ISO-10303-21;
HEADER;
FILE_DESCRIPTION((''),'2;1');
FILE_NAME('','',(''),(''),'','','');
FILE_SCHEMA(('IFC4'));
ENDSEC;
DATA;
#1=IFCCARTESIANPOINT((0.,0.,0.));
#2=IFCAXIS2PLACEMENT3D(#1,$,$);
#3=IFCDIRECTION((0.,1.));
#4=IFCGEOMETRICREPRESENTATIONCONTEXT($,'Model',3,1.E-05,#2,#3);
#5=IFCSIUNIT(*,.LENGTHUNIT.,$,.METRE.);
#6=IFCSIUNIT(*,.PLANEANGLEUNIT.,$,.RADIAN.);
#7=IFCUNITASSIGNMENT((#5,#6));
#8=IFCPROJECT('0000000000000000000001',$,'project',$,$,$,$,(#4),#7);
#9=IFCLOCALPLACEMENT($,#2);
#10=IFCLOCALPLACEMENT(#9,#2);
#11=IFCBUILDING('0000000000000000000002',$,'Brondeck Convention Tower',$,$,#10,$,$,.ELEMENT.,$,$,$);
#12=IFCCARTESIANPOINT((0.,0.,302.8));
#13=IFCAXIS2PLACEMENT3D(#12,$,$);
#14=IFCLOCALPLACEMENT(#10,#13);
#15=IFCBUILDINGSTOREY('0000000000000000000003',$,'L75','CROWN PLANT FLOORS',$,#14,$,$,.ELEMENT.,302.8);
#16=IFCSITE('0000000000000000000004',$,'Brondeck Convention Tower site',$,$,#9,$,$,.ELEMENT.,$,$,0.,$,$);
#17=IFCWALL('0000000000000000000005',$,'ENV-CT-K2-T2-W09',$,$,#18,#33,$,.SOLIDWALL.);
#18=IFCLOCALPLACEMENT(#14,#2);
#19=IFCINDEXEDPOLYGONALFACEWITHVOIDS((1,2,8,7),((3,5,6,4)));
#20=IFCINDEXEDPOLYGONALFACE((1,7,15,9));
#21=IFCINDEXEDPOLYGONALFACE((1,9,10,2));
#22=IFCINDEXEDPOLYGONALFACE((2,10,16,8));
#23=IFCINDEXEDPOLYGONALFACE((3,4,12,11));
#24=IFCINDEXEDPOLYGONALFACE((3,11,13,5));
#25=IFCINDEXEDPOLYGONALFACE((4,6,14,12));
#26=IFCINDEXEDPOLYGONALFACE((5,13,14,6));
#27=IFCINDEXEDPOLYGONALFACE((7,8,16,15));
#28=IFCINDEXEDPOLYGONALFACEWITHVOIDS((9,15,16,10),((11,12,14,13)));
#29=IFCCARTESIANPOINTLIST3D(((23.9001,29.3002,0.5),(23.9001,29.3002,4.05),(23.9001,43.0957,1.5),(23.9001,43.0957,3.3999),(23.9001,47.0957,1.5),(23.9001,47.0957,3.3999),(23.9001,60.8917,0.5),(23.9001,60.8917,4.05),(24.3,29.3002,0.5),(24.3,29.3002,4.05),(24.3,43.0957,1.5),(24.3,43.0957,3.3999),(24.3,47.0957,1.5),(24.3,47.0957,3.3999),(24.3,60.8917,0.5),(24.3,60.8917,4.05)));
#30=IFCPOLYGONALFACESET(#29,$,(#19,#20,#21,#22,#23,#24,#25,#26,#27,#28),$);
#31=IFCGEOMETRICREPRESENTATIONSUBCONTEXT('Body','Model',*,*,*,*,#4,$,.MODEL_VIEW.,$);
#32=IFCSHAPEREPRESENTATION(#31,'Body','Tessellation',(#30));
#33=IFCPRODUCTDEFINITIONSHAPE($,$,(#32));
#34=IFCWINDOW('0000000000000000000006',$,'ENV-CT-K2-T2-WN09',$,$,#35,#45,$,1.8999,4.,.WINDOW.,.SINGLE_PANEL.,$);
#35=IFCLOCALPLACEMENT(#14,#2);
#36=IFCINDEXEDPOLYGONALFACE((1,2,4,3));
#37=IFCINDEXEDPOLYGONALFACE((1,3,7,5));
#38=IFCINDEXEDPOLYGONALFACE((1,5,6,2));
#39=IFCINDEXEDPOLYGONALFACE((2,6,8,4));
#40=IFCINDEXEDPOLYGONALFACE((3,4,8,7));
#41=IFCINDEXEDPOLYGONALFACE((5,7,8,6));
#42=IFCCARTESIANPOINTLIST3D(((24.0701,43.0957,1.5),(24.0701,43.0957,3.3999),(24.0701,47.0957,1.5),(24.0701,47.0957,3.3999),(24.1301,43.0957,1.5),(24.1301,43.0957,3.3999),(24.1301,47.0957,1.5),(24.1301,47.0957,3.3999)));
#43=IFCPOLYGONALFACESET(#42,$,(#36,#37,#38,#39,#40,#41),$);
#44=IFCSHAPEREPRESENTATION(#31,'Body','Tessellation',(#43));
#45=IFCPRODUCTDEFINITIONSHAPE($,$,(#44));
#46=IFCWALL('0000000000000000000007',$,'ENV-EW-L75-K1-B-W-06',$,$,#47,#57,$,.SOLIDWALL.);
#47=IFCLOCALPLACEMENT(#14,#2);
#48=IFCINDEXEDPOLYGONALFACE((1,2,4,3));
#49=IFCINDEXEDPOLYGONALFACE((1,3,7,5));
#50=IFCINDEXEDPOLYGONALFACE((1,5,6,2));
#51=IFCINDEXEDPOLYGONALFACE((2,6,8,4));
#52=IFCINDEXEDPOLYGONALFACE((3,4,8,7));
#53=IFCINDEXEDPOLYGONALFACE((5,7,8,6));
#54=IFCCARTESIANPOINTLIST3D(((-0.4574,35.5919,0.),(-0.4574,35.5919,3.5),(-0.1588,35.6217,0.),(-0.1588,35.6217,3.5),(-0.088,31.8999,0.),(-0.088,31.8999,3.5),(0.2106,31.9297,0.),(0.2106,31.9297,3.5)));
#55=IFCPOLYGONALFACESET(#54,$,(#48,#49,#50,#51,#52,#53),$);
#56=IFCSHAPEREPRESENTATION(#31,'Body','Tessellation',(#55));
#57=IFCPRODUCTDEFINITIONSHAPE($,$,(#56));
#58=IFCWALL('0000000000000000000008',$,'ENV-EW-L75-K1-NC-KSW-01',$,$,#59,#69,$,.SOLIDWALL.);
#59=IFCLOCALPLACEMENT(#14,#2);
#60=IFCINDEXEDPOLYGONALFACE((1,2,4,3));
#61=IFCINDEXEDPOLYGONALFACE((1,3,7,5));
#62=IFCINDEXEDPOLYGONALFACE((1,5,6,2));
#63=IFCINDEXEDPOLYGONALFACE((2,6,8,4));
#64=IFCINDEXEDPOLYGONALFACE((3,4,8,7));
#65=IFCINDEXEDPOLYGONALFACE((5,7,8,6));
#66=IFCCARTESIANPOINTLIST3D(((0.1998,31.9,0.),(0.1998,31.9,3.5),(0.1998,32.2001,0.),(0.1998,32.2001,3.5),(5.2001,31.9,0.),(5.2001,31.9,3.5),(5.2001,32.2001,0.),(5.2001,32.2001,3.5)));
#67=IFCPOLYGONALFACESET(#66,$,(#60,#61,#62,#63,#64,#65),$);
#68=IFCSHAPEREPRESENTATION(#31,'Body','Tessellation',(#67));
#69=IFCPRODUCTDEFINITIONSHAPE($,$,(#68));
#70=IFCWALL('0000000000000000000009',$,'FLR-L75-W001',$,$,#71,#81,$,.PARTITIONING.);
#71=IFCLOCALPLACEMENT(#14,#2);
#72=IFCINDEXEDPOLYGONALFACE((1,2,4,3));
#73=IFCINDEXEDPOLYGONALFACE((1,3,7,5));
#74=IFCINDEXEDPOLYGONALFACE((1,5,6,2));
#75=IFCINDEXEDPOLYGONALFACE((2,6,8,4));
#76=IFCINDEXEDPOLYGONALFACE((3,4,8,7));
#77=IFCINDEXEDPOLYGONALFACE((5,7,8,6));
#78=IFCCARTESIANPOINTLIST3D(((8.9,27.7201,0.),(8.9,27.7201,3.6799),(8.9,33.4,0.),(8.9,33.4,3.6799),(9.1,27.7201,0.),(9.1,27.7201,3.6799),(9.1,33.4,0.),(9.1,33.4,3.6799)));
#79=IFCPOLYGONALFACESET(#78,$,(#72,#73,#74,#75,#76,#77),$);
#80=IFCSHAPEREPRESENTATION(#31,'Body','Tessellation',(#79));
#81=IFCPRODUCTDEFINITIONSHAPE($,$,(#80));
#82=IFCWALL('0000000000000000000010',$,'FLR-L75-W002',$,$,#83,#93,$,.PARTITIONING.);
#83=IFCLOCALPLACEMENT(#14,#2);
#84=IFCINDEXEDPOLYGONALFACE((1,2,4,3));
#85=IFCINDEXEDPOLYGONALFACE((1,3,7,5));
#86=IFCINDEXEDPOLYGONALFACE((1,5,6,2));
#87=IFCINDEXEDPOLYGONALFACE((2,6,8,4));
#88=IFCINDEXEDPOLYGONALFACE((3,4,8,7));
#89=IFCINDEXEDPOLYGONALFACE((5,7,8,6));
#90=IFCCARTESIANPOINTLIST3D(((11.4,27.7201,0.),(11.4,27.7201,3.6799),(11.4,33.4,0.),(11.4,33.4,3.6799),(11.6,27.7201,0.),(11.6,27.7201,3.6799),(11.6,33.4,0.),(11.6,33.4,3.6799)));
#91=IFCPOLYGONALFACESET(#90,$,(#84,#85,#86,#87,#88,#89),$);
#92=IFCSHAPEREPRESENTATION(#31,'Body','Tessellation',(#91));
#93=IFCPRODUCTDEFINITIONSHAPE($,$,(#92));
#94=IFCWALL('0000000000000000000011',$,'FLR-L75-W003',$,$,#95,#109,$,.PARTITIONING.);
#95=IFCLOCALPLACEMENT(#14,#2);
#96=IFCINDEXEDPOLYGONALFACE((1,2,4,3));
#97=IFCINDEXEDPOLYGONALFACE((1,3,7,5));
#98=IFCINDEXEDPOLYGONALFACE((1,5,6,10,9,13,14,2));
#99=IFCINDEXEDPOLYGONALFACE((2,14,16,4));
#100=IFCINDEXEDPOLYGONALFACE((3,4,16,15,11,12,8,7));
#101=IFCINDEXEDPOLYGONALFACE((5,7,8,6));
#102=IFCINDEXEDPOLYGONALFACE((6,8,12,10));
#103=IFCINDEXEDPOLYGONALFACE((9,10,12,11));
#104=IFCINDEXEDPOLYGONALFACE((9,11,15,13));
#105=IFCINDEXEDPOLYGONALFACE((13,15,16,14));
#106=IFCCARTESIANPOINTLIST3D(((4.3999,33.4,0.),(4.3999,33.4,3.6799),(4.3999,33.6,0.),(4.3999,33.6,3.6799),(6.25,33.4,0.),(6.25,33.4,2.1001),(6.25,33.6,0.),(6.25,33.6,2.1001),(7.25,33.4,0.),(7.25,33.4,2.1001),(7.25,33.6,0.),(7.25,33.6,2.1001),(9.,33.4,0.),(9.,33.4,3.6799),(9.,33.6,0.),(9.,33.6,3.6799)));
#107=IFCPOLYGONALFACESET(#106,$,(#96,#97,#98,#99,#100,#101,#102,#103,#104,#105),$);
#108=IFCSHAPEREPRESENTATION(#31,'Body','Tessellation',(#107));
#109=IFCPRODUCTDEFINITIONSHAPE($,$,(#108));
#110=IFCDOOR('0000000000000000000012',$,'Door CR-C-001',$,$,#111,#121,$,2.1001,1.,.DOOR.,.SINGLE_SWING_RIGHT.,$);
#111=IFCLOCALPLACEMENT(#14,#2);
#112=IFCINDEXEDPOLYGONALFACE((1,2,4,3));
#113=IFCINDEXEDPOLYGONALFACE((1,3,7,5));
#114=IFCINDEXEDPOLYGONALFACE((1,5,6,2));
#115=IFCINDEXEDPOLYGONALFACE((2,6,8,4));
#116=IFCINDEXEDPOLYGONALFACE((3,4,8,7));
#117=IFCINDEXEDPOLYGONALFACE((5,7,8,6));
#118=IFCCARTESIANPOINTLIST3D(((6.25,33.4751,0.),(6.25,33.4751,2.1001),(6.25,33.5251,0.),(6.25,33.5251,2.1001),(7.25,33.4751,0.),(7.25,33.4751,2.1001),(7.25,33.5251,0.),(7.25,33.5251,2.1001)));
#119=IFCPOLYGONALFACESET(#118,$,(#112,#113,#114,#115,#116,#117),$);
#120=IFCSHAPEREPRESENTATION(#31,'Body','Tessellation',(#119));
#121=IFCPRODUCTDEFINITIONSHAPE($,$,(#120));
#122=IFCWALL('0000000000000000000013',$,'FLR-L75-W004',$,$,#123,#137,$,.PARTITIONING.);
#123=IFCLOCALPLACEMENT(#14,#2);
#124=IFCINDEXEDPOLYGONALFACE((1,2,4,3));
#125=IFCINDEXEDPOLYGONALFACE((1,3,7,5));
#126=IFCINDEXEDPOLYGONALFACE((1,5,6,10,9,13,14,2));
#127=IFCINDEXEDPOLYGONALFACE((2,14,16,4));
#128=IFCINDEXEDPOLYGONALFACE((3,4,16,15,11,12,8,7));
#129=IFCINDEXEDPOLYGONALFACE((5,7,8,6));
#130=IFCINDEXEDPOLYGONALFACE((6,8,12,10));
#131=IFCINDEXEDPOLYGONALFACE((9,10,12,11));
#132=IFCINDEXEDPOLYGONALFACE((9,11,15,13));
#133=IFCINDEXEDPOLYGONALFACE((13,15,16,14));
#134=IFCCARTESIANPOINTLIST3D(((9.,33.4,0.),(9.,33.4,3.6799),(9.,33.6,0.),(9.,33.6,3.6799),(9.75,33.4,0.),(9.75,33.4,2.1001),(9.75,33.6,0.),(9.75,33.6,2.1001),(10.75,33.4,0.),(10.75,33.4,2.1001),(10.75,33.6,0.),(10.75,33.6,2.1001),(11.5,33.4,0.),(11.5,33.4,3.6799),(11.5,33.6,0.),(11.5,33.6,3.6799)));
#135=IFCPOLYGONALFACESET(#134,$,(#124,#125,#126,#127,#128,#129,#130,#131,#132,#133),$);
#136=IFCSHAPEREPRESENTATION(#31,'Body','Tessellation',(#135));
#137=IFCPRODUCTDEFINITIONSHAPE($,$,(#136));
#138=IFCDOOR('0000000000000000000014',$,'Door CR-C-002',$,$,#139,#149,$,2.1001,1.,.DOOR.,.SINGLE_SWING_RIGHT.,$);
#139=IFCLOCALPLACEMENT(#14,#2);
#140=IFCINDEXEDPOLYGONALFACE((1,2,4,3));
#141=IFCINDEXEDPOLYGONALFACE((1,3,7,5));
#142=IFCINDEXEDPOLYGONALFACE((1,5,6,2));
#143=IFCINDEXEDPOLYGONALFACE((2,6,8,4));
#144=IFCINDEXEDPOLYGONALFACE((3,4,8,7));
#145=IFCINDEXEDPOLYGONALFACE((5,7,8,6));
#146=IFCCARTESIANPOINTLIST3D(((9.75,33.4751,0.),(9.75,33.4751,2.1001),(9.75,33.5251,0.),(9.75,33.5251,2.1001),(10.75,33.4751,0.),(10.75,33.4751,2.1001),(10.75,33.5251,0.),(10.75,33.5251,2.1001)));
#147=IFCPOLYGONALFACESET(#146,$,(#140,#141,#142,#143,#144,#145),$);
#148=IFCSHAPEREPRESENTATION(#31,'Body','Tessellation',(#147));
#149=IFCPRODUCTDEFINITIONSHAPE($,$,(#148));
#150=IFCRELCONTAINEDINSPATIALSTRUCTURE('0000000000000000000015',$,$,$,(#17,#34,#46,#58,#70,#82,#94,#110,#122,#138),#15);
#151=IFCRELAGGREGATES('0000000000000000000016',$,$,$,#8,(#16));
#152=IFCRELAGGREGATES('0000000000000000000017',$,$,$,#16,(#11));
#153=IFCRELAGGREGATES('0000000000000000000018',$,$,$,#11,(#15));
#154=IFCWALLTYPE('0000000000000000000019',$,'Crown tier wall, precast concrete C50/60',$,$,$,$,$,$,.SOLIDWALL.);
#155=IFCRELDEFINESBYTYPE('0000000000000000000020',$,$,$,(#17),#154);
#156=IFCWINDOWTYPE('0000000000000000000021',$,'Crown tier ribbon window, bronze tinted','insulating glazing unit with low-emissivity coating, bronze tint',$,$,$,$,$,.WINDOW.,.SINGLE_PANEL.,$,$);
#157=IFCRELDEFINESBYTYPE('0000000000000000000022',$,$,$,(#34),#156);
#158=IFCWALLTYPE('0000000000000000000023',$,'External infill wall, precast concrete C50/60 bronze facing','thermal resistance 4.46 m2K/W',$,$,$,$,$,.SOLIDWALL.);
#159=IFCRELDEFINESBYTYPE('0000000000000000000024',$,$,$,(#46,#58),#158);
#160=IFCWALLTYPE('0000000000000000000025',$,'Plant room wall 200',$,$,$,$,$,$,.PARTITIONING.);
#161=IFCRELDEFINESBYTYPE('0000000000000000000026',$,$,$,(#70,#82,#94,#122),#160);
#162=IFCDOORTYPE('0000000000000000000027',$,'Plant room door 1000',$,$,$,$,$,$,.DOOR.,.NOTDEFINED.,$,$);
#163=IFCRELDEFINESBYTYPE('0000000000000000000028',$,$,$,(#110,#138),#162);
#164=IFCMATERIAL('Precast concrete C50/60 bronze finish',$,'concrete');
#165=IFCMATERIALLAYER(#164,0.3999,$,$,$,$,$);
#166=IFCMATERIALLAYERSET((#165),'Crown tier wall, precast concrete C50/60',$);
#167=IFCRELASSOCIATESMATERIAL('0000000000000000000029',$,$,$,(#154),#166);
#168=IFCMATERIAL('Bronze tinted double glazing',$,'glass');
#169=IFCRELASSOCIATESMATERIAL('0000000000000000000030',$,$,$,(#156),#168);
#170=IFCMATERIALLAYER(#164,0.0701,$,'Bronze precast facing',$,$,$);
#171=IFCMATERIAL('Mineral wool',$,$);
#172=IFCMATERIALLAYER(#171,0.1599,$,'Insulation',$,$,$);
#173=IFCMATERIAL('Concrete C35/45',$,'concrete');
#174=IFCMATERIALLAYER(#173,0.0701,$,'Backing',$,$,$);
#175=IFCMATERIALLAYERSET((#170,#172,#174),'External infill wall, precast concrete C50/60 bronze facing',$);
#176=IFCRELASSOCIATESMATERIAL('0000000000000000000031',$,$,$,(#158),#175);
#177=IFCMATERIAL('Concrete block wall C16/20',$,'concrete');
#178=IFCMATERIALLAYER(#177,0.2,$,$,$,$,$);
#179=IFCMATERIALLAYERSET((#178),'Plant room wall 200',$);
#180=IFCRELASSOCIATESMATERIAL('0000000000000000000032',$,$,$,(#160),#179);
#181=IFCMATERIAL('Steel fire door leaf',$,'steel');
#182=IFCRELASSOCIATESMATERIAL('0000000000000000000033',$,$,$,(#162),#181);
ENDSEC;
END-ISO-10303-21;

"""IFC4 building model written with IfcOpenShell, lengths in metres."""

from ifc_helpers import new_model, si_unit, direction, frame, frame_2d, origin, place, context, subcontext, project, spatial, rectangle, extrude, material, layer, layer_set, type_object, element, fill, save


model = new_model("IFC4")

# Units and contexts
model_context = context("Model", 3, precision=1e-05, world=origin(), true_north=direction((0.0, 1.0)))
body_context = subcontext(model_context, "Body", "Model", "MODEL_VIEW")
ifc_project = project(units=[si_unit("LENGTHUNIT", "METRE"), si_unit("PLANEANGLEUNIT", "RADIAN")], contexts=[model_context])

# Site, building, storey
site_placement = place(None, origin())
site = spatial("IfcSite", under=ifc_project, at=site_placement, Name="Brondeck Convention Tower site", CompositionType="ELEMENT", RefElevation=0.0)
building_placement = place(site_placement, origin())
building = spatial("IfcBuilding", under=site, at=building_placement, Name="Brondeck Convention Tower", CompositionType="ELEMENT")
storey_placement = place(building_placement, frame((0.0, 0.0, 302.8)))
storey = spatial("IfcBuildingStorey", under=building, at=storey_placement, Name="L75", Description="CROWN PLANT FLOORS", CompositionType="ELEMENT", Elevation=302.8)

# Shared definitions
ifc_material_1 = material(Name="Precast concrete C50/60 bronze finish", Category="concrete")
ifc_layer_1 = layer(ifc_material_1, 0.3999)
ifc_layer_set_1 = layer_set([ifc_layer_1], Name="Crown tier wall, precast concrete C50/60")
wall_type_1 = type_object("IfcWallType", Name="Crown tier wall, precast concrete C50/60", PredefinedType="SOLIDWALL", material=ifc_layer_set_1)

# Wall, opening, window
wall_1_placement = place(storey_placement, frame((24.1001, 29.3, 0.5), z_axis=(0.0, 0.0, 1.0), x_axis=(0.0, 1.0, 0.0)))
wall_1 = element("IfcWall", 1, at=wall_1_placement, inside=storey, type_object=wall_type_1, Name="ENV-CT-K2-T2-W09", PredefinedType="SOLIDWALL", context=body_context, shape_type="SweptSolid", body=[
    extrude(rectangle(XDim=31.5916, YDim=0.3999, at=frame_2d((15.7959, 0.0))), origin(), (0.0, 0.0, 1.0), 3.55),
])
opening_1_placement = place(wall_1_placement, frame((13.7957, 0.0, 1.0)))
opening_1 = element("IfcOpeningElement", 2, at=opening_1_placement, cuts=wall_1, PredefinedType="OPENING", context=body_context, shape_type="SweptSolid", body=[
    extrude(rectangle(XDim=4.0, YDim=1.8999, at=frame_2d((2.0, 0.95))), frame((0.0, 0.21, 0.0), z_axis=(0.0, -1.0, 0.0), x_axis=(1.0, 0.0, 0.0)), (0.0, 0.0, 1.0), 0.4199),
])
ifc_material_2 = material(Name="Bronze tinted double glazing", Category="glass")
window_type = type_object("IfcWindowType", Name="Crown tier ribbon window, bronze tinted", Description="insulating glazing unit with low-emissivity coating, bronze tint", PartitioningType="SINGLE_PANEL", PredefinedType="WINDOW", material=ifc_material_2)
window_placement = place(opening_1_placement, origin())
window = element("IfcWindow", 3, at=window_placement, inside=storey, type_object=window_type, Name="ENV-CT-K2-T2-WN09", OverallHeight=1.8999, OverallWidth=4.0, PartitioningType="SINGLE_PANEL", PredefinedType="WINDOW", context=body_context, shape_type="SweptSolid", body=[
    extrude(rectangle(XDim=4.0, YDim=1.8999, at=frame_2d((2.0, 0.95))), frame((0.0, 0.03, 0.0), z_axis=(0.0, -1.0, 0.0), x_axis=(1.0, 0.0, 0.0)), (0.0, 0.0, 1.0), 0.0601),
])
fill(opening_1, window)

# Walls
ifc_layer_2 = layer(ifc_material_1, 0.0701, Name="Bronze precast facing")
ifc_material_3 = material(Name="Mineral wool")
ifc_layer_3 = layer(ifc_material_3, 0.1599, Name="Insulation")
ifc_material_4 = material(Name="Concrete C35/45", Category="concrete")
ifc_layer_4 = layer(ifc_material_4, 0.0701, Name="Backing")
ifc_layer_set_2 = layer_set([ifc_layer_2, ifc_layer_3, ifc_layer_4], Name="External infill wall, precast concrete C50/60 bronze facing")
wall_type_2 = type_object("IfcWallType", Name="External infill wall, precast concrete C50/60 bronze facing", Description="thermal resistance 4.46 m2K/W", PredefinedType="SOLIDWALL", material=ifc_layer_set_2)
wall_2_placement = place(storey_placement, frame((0.0613, 31.9148, 0.0), z_axis=(0.0, 0.0, 1.0), x_axis=(-0.099549, 0.995033, 0.0)))
element("IfcWall", 4, at=wall_2_placement, inside=storey, type_object=wall_type_2, Name="ENV-EW-L75-K1-B-W-06", PredefinedType="SOLIDWALL", context=body_context, shape_type="SweptSolid", body=[
    extrude(rectangle(XDim=3.7104, YDim=0.3, at=frame_2d((1.8552, 0.0))), origin(), (0.0, 0.0, 1.0), 3.5),
])
wall_3_placement = place(storey_placement, frame((5.2, 32.05, 0.0), z_axis=(0.0, 0.0, 1.0), x_axis=(-1.0, 0.0, 0.0)))
element("IfcWall", 5, at=wall_3_placement, inside=storey, type_object=wall_type_2, Name="ENV-EW-L75-K1-NC-KSW-01", PredefinedType="SOLIDWALL", context=body_context, shape_type="SweptSolid", body=[
    extrude(rectangle(XDim=5.0002, YDim=0.3, at=frame_2d((2.5, 0.0))), origin(), (0.0, 0.0, 1.0), 3.5),
])
ifc_material_5 = material(Name="Concrete block wall C16/20", Category="concrete")
ifc_layer_5 = layer(ifc_material_5, 0.2)
ifc_layer_set_3 = layer_set([ifc_layer_5], Name="Plant room wall 200")
wall_type_3 = type_object("IfcWallType", Name="Plant room wall 200", PredefinedType="PARTITIONING", material=ifc_layer_set_3)
for number, where, z_axis, x_axis, name in (
    (6, (9.0, 33.3999, 0.0), (0.0, 0.0, 1.0), (0.0, -1.0, 0.0), "FLR-L75-W001"),
    (7, (11.5, 33.3999, 0.0), (0.0, 0.0, 1.0), (0.0, -1.0, 0.0), "FLR-L75-W002"),
):
    element("IfcWall", number, at=place(storey_placement, frame(where, z_axis=z_axis, x_axis=x_axis)), inside=storey, type_object=wall_type_3, Name=name, PredefinedType="PARTITIONING", context=body_context, shape_type="SweptSolid", body=[
        extrude(rectangle(XDim=5.6799, YDim=0.2, at=frame_2d((2.8398, 0.0))), origin(), (0.0, 0.0, 1.0), 3.6799),
    ])

# Walls, openings, doors
wall_4_placement = place(storey_placement, frame((9.0, 33.5, 0.0), z_axis=(0.0, 0.0, 1.0), x_axis=(-1.0, 0.0, 0.0)))
wall_4 = element("IfcWall", 8, at=wall_4_placement, inside=storey, type_object=wall_type_3, Name="FLR-L75-W003", PredefinedType="PARTITIONING", context=body_context, shape_type="SweptSolid", body=[
    extrude(rectangle(XDim=4.6001, YDim=0.2, at=frame_2d((2.3, 0.0))), origin(), (0.0, 0.0, 1.0), 3.6799),
])
opening_2_placement = place(wall_4_placement, frame((1.75, 0.0, 0.0)))
opening_2 = element("IfcOpeningElement", 9, at=opening_2_placement, cuts=wall_4, PredefinedType="OPENING", context=body_context, shape_type="SweptSolid", body=[
    extrude(rectangle(XDim=1.0, YDim=2.1001, at=frame_2d((0.5, 1.05))), frame((0.0, 0.1099, 0.0), z_axis=(0.0, -1.0, 0.0), x_axis=(1.0, 0.0, 0.0)), (0.0, 0.0, 1.0), 0.22),
])
ifc_material_6 = material(Name="Steel fire door leaf", Category="steel")
door_type = type_object("IfcDoorType", Name="Plant room door 1000", OperationType="NOTDEFINED", PredefinedType="DOOR", material=ifc_material_6)
door_1_placement = place(opening_2_placement, origin())
door_1 = element("IfcDoor", 10, at=door_1_placement, inside=storey, type_object=door_type, Name="Door CR-C-001", OperationType="SINGLE_SWING_RIGHT", OverallHeight=2.1001, OverallWidth=1.0, PredefinedType="DOOR", context=body_context, shape_type="SweptSolid", body=[
    extrude(rectangle(XDim=1.0, YDim=2.1001, at=frame_2d((0.5, 1.05))), frame((0.0, 0.0249, 0.0), z_axis=(0.0, -1.0, 0.0), x_axis=(1.0, 0.0, 0.0)), (0.0, 0.0, 1.0), 0.05),
])
fill(opening_2, door_1)
wall_5_placement = place(storey_placement, frame((11.5, 33.5, 0.0), z_axis=(0.0, 0.0, 1.0), x_axis=(-1.0, 0.0, 0.0)))
wall_5 = element("IfcWall", 11, at=wall_5_placement, inside=storey, type_object=wall_type_3, Name="FLR-L75-W004", PredefinedType="PARTITIONING", context=body_context, shape_type="SweptSolid", body=[
    extrude(rectangle(XDim=2.5, YDim=0.2, at=frame_2d((1.25, 0.0))), origin(), (0.0, 0.0, 1.0), 3.6799),
])
opening_3_placement = place(wall_5_placement, frame((0.75, 0.0, 0.0)))
opening_3 = element("IfcOpeningElement", 12, at=opening_3_placement, cuts=wall_5, PredefinedType="OPENING", context=body_context, shape_type="SweptSolid", body=[
    extrude(rectangle(XDim=1.0, YDim=2.1001, at=frame_2d((0.5, 1.05))), frame((0.0, 0.1099, 0.0), z_axis=(0.0, -1.0, 0.0), x_axis=(1.0, 0.0, 0.0)), (0.0, 0.0, 1.0), 0.22),
])
door_2_placement = place(opening_3_placement, origin())
door_2 = element("IfcDoor", 13, at=door_2_placement, inside=storey, type_object=door_type, Name="Door CR-C-002", OperationType="SINGLE_SWING_RIGHT", OverallHeight=2.1001, OverallWidth=1.0, PredefinedType="DOOR", context=body_context, shape_type="SweptSolid", body=[
    extrude(rectangle(XDim=1.0, YDim=2.1001, at=frame_2d((0.5, 1.05))), frame((0.0, 0.0249, 0.0), z_axis=(0.0, -1.0, 0.0), x_axis=(1.0, 0.0, 0.0)), (0.0, 0.0, 1.0), 0.05),
])
fill(opening_3, door_2)

save(model, "model.ifc")
